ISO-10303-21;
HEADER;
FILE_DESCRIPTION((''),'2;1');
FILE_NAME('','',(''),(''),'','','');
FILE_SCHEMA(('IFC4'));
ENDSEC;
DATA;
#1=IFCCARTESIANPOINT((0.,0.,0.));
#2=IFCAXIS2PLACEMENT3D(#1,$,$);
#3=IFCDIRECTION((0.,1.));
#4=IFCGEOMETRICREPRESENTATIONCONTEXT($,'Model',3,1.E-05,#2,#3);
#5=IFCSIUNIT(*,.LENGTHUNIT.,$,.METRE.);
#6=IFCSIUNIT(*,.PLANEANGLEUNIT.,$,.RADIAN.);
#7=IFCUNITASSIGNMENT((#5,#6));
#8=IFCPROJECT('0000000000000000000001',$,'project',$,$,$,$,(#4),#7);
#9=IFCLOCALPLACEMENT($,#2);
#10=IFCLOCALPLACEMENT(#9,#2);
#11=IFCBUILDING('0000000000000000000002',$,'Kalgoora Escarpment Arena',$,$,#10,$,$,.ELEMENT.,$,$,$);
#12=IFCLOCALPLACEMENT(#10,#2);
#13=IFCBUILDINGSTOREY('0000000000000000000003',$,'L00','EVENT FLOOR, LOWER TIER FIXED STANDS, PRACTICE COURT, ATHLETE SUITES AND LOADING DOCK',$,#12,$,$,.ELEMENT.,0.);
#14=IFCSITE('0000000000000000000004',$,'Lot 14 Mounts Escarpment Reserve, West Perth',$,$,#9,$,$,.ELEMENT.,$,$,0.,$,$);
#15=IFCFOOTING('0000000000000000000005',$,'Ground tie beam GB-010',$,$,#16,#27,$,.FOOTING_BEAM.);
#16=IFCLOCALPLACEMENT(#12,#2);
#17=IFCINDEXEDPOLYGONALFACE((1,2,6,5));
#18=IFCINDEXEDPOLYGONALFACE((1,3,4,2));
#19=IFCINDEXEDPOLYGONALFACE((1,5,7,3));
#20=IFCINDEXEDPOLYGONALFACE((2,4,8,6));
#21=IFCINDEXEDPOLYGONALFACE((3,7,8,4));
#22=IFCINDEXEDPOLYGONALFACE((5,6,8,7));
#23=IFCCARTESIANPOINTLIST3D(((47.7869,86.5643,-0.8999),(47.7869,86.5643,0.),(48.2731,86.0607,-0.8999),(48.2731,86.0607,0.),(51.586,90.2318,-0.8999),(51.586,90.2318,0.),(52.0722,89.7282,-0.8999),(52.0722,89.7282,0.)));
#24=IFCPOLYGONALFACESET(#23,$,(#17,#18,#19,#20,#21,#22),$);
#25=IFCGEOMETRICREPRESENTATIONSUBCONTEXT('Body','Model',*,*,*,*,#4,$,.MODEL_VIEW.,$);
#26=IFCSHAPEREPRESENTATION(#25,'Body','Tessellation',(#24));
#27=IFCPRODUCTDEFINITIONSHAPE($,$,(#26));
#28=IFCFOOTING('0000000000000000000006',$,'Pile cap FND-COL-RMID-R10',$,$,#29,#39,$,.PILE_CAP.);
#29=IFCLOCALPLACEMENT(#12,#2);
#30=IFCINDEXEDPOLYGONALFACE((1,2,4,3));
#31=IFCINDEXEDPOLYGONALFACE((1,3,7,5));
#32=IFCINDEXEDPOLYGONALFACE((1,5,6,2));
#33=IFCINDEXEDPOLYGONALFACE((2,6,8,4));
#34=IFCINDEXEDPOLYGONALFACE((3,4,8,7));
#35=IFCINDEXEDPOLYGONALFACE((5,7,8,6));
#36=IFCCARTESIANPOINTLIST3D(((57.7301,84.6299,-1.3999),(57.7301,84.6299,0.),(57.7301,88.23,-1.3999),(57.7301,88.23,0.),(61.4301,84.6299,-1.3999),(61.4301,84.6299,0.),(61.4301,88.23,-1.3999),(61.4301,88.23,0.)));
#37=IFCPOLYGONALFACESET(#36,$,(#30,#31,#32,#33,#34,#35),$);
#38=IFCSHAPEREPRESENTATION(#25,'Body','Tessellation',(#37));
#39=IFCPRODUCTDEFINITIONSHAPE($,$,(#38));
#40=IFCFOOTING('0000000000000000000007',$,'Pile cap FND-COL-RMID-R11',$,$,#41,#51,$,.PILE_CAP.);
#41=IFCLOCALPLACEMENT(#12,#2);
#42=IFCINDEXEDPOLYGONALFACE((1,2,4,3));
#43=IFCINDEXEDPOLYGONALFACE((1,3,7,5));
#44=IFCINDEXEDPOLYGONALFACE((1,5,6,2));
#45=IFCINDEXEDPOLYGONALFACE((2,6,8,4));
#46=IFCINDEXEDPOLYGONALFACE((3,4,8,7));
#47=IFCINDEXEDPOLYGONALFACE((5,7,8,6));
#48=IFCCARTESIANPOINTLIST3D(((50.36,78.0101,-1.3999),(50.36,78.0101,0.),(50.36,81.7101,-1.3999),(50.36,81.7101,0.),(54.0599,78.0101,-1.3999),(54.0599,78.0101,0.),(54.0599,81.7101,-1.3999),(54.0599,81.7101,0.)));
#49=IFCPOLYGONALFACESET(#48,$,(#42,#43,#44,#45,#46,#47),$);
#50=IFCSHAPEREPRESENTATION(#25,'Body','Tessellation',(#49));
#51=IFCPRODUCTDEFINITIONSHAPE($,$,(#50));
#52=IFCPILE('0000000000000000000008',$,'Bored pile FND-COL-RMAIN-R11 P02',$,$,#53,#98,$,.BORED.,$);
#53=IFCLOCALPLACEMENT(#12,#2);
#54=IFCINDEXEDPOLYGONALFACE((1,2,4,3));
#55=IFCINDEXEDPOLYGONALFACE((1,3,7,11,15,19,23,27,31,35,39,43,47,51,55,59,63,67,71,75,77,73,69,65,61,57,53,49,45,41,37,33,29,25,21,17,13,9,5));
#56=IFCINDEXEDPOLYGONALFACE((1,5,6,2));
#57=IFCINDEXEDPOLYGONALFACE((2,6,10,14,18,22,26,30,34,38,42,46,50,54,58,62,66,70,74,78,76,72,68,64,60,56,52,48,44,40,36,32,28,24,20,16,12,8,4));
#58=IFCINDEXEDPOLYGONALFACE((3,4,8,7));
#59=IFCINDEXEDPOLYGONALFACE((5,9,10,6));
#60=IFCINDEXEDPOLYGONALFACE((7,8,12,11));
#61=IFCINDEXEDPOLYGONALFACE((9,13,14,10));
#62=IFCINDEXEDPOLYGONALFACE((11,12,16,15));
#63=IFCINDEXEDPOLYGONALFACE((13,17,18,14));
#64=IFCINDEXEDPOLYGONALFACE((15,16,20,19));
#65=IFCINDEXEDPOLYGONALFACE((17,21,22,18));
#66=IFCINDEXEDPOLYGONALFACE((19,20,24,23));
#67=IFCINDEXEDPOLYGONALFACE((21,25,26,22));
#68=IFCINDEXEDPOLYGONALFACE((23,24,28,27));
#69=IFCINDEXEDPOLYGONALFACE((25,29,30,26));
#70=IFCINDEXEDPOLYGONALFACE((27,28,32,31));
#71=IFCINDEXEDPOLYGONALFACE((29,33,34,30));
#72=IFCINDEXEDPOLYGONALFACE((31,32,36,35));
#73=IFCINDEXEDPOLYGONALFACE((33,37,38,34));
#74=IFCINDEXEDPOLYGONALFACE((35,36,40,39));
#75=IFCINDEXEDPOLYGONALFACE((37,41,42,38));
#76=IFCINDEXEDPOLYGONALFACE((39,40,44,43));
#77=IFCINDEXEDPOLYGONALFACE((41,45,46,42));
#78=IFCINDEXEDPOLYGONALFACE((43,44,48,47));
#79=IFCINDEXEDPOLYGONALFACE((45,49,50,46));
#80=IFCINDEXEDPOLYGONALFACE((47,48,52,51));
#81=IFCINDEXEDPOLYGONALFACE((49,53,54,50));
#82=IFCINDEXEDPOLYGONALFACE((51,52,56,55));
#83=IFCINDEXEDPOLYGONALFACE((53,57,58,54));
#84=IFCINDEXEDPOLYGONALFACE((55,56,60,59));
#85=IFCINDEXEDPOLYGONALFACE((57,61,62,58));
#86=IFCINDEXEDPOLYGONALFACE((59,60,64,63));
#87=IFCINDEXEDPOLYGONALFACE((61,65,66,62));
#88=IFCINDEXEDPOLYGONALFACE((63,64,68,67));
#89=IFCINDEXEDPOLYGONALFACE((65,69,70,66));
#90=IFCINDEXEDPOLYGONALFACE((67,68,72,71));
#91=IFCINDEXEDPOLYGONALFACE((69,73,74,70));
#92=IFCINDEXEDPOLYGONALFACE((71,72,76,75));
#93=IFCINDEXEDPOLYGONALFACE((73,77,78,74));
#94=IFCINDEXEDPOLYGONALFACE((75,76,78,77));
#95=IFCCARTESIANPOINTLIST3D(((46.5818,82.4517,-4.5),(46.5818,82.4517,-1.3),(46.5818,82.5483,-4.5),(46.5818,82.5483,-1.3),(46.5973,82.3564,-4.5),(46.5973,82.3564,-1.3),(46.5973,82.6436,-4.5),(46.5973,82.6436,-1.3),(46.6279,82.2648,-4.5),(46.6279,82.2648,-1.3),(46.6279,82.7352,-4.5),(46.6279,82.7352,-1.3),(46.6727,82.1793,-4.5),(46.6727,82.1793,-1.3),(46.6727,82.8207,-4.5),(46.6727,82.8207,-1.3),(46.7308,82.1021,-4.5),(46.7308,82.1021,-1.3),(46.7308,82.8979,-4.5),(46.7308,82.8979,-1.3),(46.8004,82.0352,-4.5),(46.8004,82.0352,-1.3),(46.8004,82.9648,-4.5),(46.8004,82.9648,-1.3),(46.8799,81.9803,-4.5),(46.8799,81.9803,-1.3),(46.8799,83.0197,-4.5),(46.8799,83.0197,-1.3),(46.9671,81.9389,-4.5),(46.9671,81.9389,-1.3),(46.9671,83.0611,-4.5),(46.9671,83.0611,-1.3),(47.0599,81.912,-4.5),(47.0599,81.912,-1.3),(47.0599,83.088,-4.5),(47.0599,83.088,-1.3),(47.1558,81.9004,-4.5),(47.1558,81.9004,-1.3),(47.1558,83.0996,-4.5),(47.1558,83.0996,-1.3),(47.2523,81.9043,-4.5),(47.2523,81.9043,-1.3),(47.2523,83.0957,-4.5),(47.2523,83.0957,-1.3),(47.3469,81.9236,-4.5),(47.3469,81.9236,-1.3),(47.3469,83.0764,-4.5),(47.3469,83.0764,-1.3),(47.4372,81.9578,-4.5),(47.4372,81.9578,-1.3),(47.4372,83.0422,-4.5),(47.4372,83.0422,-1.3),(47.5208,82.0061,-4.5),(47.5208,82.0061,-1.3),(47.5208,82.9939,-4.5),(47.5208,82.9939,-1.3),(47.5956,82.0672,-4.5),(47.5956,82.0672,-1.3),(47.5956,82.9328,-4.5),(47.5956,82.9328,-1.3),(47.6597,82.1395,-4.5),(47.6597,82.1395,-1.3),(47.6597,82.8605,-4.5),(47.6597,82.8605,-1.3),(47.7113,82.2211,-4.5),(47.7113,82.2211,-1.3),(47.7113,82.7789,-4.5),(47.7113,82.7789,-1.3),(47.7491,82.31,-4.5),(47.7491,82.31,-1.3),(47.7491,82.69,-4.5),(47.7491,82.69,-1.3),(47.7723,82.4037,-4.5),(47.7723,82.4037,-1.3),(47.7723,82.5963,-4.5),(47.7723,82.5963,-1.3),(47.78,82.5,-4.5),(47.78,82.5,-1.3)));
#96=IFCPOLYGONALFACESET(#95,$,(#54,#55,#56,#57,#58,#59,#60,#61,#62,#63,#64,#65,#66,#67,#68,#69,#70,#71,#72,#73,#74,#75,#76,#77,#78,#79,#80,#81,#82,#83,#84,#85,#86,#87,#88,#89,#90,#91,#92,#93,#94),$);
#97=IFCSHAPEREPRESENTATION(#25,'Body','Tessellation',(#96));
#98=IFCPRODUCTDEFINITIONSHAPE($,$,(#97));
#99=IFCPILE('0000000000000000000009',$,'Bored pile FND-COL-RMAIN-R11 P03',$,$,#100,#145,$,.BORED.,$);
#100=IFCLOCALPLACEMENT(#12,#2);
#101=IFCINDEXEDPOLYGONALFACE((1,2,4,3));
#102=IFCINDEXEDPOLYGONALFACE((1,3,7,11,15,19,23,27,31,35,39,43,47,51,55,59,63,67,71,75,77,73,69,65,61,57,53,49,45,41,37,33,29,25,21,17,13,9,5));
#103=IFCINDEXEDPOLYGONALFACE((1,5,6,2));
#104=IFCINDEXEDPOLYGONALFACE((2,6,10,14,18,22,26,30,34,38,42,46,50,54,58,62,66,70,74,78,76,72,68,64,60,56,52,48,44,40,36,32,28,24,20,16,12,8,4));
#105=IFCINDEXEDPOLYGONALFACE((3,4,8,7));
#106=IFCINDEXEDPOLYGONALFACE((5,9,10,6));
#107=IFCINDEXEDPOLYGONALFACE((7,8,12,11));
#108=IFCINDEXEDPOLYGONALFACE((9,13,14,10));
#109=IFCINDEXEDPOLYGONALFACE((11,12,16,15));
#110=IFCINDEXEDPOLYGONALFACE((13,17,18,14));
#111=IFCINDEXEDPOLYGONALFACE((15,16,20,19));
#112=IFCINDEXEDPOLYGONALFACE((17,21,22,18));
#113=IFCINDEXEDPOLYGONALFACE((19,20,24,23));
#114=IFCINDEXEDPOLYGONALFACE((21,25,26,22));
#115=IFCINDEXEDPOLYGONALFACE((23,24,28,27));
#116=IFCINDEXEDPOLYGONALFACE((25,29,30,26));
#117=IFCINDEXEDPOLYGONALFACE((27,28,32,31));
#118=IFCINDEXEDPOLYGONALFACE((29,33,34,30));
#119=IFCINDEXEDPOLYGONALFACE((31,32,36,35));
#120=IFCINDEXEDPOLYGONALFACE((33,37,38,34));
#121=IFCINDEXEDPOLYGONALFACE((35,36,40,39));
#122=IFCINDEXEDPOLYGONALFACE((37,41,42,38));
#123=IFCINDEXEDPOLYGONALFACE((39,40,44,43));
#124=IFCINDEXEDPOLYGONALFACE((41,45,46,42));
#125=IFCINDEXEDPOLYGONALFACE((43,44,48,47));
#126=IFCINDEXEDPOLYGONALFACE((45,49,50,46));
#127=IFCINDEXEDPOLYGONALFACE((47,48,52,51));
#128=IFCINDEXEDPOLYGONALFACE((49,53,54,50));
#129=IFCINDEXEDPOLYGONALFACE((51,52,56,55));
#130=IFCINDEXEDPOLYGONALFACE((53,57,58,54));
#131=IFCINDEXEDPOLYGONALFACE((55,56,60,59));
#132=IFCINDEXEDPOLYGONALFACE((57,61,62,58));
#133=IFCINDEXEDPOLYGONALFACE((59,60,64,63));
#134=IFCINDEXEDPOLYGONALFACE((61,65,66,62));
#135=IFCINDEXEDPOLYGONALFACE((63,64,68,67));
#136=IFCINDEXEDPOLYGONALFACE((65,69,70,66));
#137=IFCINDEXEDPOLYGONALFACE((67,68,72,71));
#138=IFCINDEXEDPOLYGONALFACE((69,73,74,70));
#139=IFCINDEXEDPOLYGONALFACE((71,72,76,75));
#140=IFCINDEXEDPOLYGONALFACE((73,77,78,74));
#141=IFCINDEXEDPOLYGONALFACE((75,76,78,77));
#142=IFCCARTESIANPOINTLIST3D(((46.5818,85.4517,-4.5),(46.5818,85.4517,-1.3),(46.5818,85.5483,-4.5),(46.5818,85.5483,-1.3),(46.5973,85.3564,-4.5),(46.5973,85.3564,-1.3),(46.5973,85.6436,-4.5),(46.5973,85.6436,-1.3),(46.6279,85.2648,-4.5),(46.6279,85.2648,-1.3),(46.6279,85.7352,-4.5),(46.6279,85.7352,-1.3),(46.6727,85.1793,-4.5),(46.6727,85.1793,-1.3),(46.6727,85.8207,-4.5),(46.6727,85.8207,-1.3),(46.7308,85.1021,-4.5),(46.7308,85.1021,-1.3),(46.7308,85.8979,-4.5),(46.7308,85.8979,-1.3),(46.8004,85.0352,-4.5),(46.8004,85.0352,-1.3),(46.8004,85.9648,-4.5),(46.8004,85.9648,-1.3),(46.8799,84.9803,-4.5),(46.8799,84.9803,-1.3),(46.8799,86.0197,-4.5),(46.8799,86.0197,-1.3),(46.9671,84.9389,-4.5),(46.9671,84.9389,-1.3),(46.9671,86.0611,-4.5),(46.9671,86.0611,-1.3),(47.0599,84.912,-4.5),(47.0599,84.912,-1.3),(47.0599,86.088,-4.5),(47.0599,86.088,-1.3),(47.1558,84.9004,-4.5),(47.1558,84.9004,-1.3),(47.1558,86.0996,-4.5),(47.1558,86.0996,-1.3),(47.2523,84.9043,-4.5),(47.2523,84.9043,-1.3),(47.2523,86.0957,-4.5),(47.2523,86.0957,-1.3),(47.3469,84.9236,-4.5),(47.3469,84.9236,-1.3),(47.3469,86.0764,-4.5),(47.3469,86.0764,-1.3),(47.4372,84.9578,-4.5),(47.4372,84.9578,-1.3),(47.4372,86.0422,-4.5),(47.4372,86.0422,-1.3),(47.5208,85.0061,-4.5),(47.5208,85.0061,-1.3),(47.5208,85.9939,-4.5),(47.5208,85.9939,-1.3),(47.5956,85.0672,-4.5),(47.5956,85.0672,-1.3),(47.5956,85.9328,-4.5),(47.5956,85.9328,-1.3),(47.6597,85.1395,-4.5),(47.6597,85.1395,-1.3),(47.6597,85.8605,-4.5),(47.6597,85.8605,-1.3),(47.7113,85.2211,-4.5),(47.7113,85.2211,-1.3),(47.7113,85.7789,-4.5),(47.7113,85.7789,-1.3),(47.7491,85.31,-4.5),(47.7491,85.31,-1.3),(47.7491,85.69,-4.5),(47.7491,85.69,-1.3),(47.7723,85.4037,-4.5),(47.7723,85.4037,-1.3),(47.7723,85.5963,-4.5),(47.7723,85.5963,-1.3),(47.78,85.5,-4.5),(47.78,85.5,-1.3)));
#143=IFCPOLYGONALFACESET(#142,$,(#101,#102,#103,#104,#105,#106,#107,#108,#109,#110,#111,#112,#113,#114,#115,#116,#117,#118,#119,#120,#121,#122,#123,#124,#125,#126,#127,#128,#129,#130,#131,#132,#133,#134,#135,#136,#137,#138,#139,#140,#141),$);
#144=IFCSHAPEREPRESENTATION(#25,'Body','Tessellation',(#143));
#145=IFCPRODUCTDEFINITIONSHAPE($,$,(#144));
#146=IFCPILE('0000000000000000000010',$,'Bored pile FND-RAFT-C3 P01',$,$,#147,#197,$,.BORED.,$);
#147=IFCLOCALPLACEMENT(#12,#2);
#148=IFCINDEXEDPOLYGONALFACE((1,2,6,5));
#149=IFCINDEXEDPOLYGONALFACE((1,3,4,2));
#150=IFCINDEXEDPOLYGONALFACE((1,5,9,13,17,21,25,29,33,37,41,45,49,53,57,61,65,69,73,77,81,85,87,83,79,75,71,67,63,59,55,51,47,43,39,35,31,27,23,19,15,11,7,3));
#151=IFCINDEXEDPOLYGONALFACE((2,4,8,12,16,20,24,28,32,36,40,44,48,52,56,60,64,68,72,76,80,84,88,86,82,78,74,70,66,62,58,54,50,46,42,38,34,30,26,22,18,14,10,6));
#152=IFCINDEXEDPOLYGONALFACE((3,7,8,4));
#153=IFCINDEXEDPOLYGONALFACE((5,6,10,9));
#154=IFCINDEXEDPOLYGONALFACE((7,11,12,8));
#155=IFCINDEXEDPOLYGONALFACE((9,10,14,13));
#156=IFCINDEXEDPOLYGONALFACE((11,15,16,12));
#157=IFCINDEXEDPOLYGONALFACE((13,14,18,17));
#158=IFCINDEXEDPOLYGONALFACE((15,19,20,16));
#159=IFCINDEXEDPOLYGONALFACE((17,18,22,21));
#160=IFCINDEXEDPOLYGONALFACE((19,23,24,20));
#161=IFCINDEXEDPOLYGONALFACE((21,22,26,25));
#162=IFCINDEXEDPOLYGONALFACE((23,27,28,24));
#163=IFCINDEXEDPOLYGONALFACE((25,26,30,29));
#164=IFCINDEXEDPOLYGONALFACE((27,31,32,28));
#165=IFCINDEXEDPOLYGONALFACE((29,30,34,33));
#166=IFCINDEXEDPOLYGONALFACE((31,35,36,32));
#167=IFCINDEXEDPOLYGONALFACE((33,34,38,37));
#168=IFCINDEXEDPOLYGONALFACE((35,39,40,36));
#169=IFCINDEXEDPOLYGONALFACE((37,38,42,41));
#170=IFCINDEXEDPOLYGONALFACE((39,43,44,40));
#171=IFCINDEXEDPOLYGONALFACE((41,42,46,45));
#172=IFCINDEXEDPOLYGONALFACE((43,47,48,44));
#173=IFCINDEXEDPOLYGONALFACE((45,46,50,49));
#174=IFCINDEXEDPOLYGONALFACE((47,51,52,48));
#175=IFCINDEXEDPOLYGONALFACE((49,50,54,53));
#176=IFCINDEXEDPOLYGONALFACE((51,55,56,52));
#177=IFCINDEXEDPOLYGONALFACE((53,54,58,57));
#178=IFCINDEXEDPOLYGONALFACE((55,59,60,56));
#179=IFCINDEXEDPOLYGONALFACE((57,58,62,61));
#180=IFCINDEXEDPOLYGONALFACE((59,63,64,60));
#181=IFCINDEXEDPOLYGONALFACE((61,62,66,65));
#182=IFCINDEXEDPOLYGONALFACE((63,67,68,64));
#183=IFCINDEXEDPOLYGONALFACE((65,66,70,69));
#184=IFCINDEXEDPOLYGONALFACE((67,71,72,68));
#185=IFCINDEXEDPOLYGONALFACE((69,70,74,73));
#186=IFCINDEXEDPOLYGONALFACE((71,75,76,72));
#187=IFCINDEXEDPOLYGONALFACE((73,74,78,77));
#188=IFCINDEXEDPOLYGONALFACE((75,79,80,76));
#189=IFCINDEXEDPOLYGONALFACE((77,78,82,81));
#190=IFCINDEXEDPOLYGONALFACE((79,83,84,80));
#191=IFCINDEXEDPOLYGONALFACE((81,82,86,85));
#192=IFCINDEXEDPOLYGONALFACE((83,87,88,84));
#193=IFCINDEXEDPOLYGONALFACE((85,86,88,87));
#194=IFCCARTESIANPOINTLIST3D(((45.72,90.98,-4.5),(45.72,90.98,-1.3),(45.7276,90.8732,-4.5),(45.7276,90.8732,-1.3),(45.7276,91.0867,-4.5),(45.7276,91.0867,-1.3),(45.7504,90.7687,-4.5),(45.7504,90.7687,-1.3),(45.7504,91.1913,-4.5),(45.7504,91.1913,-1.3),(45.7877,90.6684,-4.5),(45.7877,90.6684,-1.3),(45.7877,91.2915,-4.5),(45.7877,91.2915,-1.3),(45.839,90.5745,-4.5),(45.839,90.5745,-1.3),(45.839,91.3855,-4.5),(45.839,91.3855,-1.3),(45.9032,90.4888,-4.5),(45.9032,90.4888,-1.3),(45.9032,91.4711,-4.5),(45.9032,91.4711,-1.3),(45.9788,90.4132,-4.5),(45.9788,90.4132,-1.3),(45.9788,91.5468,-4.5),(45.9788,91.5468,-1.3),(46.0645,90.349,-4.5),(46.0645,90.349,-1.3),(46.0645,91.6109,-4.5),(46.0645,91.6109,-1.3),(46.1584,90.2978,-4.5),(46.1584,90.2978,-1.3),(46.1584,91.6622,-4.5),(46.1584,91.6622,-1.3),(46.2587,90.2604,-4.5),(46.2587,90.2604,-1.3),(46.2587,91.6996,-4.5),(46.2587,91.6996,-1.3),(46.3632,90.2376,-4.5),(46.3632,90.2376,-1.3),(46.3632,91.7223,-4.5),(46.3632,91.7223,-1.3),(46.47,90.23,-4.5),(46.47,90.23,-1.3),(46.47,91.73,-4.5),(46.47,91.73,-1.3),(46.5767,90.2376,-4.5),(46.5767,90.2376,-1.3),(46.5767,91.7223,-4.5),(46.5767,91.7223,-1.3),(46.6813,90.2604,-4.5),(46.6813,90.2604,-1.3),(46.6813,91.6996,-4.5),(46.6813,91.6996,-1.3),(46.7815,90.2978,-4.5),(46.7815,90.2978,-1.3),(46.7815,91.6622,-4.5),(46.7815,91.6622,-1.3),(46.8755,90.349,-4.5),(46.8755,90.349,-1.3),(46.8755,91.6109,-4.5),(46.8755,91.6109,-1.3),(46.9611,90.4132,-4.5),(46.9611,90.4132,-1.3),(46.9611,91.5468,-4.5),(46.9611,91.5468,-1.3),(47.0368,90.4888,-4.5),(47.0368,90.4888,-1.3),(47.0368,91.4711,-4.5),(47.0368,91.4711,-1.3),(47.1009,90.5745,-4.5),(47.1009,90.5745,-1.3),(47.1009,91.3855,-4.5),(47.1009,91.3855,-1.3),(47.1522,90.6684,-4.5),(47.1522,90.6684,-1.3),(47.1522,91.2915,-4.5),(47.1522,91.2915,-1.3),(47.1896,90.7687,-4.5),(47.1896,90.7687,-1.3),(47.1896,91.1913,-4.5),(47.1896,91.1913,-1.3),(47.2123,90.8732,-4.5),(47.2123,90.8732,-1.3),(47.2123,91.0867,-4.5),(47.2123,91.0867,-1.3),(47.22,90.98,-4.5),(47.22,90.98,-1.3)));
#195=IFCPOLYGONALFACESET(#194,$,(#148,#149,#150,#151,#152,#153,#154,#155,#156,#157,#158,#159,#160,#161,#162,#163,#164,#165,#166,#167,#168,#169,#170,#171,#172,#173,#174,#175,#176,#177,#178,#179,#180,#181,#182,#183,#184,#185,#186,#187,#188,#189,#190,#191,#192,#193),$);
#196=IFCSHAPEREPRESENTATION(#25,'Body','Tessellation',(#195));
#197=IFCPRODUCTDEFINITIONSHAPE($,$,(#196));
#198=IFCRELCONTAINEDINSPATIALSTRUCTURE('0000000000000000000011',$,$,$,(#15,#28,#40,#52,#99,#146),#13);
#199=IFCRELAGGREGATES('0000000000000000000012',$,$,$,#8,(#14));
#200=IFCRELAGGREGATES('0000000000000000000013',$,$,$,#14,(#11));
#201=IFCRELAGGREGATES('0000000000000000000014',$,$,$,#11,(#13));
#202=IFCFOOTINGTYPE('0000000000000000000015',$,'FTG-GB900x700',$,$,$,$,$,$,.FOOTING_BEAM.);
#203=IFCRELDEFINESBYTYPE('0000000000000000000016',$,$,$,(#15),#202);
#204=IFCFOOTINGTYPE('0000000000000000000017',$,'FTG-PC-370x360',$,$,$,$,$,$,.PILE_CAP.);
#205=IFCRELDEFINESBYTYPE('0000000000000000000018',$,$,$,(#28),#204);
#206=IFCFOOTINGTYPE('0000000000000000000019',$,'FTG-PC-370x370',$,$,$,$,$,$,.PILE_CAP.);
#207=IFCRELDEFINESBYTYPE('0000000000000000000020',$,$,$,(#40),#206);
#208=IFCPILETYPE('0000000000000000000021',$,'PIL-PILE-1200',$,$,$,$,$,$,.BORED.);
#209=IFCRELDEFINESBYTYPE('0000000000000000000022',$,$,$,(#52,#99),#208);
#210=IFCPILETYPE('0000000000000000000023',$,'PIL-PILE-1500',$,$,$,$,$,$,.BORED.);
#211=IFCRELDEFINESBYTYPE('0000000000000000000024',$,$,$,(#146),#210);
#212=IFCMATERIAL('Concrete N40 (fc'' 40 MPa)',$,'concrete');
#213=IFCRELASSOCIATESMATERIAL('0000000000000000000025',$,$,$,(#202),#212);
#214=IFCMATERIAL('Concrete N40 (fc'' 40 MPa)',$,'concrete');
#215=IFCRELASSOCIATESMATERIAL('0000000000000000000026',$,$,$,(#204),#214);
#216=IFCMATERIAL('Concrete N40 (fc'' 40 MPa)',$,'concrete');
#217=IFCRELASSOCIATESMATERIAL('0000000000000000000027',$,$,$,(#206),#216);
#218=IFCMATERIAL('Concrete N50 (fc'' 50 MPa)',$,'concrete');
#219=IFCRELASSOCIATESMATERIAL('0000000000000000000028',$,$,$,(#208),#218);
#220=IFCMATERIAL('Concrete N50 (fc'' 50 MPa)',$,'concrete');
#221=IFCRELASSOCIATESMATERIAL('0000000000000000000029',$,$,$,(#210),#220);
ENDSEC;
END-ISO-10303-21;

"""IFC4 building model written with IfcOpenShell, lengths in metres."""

from ifc_helpers import new_model, si_unit, direction, frame, origin, origin_2d, place, context, subcontext, project, spatial, rectangle, circle, extrude, material, material_profile, profile_set, type_object, element, save


model = new_model("IFC4")

# Units and contexts
model_context = context("Model", 3, precision=1e-05, world=origin(), true_north=direction((0.0, 1.0)))
body_context = subcontext(model_context, "Body", "Model", "MODEL_VIEW")
ifc_project = project(units=[si_unit("LENGTHUNIT", "METRE"), si_unit("PLANEANGLEUNIT", "RADIAN")], contexts=[model_context])

# Site, building, storey
site_placement = place(None, origin())
site = spatial("IfcSite", under=ifc_project, at=site_placement, Name="Lot 14 Mounts Escarpment Reserve, West Perth", CompositionType="ELEMENT", RefElevation=0.0)
building_placement = place(site_placement, origin())
building = spatial("IfcBuilding", under=site, at=building_placement, Name="Kalgoora Escarpment Arena", CompositionType="ELEMENT")
storey_placement = place(building_placement, origin())
storey = spatial("IfcBuildingStorey", under=building, at=storey_placement, Name="L00", Description="EVENT FLOOR, LOWER TIER FIXED STANDS, PRACTICE COURT, ATHLETE SUITES AND LOADING DOCK", CompositionType="ELEMENT", Elevation=0.0)

# Footings
ifc_material_1 = material(Name="Concrete N40 (fc' 40 MPa)", Category="concrete")
ifc_material_profile_1 = material_profile(ifc_material_1, rectangle(XDim=0.7, YDim=0.8999, at=origin_2d()))
ifc_profile_set_1 = profile_set([ifc_material_profile_1], Name="Concrete N40 (fc' 40 MPa)")
footing_type_1 = type_object("IfcFootingType", Name="FTG-GB900x700", PredefinedType="FOOTING_BEAM", material=ifc_profile_set_1)
footing_1_placement = place(storey_placement, frame((51.8291, 89.98, -0.45), z_axis=(-0.719457, -0.694537, 0.0), x_axis=(0.694537, -0.719457, 0.0)))
element("IfcFooting", 1, at=footing_1_placement, inside=storey, type_object=footing_type_1, Name="Ground tie beam GB-010", PredefinedType="FOOTING_BEAM", context=body_context, shape_type="SweptSolid", body=[
    extrude(rectangle(XDim=0.7, YDim=0.8999, at=origin_2d()), origin(), (0.0, 0.0, 1.0), 5.2805),
])
ifc_material_2 = material(Name="Concrete N40 (fc' 40 MPa)", Category="concrete")
footing_type_2 = type_object("IfcFootingType", Name="FTG-PC-370x360", PredefinedType="PILE_CAP", material=ifc_material_2)
footing_2_placement = place(storey_placement, frame((59.5801, 86.4299, -1.3999), z_axis=(0.0, 0.0, 1.0), x_axis=(1.0, 0.0, 0.0)))
element("IfcFooting", 2, at=footing_2_placement, inside=storey, type_object=footing_type_2, Name="Pile cap FND-COL-RMID-R10", PredefinedType="PILE_CAP", context=body_context, shape_type="SweptSolid", body=[
    extrude(rectangle(XDim=3.7, YDim=3.6001, at=origin_2d()), origin(), (0.0, 0.0, 1.0), 1.3999),
])
ifc_material_3 = material(Name="Concrete N40 (fc' 40 MPa)", Category="concrete")
footing_type_3 = type_object("IfcFootingType", Name="FTG-PC-370x370", PredefinedType="PILE_CAP", material=ifc_material_3)
footing_3_placement = place(storey_placement, frame((52.21, 79.8601, -1.3999), z_axis=(0.0, 0.0, 1.0), x_axis=(1.0, 0.0, 0.0)))
element("IfcFooting", 3, at=footing_3_placement, inside=storey, type_object=footing_type_3, Name="Pile cap FND-COL-RMID-R11", PredefinedType="PILE_CAP", context=body_context, shape_type="SweptSolid", body=[
    extrude(rectangle(XDim=3.7, YDim=3.7, at=origin_2d()), origin(), (0.0, 0.0, 1.0), 1.3999),
])

# Piles
ifc_material_4 = material(Name="Concrete N50 (fc' 50 MPa)", Category="concrete")
ifc_material_profile_2 = material_profile(ifc_material_4, circle(Radius=0.6001, at=origin_2d()))
ifc_profile_set_2 = profile_set([ifc_material_profile_2], Name="Concrete N50 (fc' 50 MPa)")
pile_type_1 = type_object("IfcPileType", Name="PIL-PILE-1200", PredefinedType="BORED", material=ifc_profile_set_2)
for number, where, z_axis, x_axis, name in (
    (4, (47.1799, 82.5, -1.3), (0.0, 0.0, -1.0), (1.0, 0.0, 0.0), "Bored pile FND-COL-RMAIN-R11 P02"),
    (5, (47.1799, 85.5, -1.3), (0.0, 0.0, -1.0), (1.0, 0.0, 0.0), "Bored pile FND-COL-RMAIN-R11 P03"),
):
    element("IfcPile", number, at=place(storey_placement, frame(where, z_axis=z_axis, x_axis=x_axis)), inside=storey, type_object=pile_type_1, Name=name, PredefinedType="BORED", context=body_context, shape_type="SweptSolid", body=[
        extrude(circle(Radius=0.6001, at=origin_2d()), origin(), (0.0, 0.0, 1.0), 3.2),
    ])
ifc_material_5 = material(Name="Concrete N50 (fc' 50 MPa)", Category="concrete")
ifc_material_profile_3 = material_profile(ifc_material_5, circle(Radius=0.75, at=origin_2d()))
ifc_profile_set_3 = profile_set([ifc_material_profile_3], Name="Concrete N50 (fc' 50 MPa)")
pile_type_2 = type_object("IfcPileType", Name="PIL-PILE-1500", PredefinedType="BORED", material=ifc_profile_set_3)
for number, where, z_axis, x_axis, name in (
    (6, (46.47, 90.98, -1.3), (0.0, 0.0, -1.0), (1.0, 0.0, 0.0), "Bored pile FND-RAFT-C3 P01"),
):
    element("IfcPile", number, at=place(storey_placement, frame(where, z_axis=z_axis, x_axis=x_axis)), inside=storey, type_object=pile_type_2, Name=name, PredefinedType="BORED", context=body_context, shape_type="SweptSolid", body=[
        extrude(circle(Radius=0.75, at=origin_2d()), origin(), (0.0, 0.0, 1.0), 3.2),
    ])

save(model, "model.ifc")
